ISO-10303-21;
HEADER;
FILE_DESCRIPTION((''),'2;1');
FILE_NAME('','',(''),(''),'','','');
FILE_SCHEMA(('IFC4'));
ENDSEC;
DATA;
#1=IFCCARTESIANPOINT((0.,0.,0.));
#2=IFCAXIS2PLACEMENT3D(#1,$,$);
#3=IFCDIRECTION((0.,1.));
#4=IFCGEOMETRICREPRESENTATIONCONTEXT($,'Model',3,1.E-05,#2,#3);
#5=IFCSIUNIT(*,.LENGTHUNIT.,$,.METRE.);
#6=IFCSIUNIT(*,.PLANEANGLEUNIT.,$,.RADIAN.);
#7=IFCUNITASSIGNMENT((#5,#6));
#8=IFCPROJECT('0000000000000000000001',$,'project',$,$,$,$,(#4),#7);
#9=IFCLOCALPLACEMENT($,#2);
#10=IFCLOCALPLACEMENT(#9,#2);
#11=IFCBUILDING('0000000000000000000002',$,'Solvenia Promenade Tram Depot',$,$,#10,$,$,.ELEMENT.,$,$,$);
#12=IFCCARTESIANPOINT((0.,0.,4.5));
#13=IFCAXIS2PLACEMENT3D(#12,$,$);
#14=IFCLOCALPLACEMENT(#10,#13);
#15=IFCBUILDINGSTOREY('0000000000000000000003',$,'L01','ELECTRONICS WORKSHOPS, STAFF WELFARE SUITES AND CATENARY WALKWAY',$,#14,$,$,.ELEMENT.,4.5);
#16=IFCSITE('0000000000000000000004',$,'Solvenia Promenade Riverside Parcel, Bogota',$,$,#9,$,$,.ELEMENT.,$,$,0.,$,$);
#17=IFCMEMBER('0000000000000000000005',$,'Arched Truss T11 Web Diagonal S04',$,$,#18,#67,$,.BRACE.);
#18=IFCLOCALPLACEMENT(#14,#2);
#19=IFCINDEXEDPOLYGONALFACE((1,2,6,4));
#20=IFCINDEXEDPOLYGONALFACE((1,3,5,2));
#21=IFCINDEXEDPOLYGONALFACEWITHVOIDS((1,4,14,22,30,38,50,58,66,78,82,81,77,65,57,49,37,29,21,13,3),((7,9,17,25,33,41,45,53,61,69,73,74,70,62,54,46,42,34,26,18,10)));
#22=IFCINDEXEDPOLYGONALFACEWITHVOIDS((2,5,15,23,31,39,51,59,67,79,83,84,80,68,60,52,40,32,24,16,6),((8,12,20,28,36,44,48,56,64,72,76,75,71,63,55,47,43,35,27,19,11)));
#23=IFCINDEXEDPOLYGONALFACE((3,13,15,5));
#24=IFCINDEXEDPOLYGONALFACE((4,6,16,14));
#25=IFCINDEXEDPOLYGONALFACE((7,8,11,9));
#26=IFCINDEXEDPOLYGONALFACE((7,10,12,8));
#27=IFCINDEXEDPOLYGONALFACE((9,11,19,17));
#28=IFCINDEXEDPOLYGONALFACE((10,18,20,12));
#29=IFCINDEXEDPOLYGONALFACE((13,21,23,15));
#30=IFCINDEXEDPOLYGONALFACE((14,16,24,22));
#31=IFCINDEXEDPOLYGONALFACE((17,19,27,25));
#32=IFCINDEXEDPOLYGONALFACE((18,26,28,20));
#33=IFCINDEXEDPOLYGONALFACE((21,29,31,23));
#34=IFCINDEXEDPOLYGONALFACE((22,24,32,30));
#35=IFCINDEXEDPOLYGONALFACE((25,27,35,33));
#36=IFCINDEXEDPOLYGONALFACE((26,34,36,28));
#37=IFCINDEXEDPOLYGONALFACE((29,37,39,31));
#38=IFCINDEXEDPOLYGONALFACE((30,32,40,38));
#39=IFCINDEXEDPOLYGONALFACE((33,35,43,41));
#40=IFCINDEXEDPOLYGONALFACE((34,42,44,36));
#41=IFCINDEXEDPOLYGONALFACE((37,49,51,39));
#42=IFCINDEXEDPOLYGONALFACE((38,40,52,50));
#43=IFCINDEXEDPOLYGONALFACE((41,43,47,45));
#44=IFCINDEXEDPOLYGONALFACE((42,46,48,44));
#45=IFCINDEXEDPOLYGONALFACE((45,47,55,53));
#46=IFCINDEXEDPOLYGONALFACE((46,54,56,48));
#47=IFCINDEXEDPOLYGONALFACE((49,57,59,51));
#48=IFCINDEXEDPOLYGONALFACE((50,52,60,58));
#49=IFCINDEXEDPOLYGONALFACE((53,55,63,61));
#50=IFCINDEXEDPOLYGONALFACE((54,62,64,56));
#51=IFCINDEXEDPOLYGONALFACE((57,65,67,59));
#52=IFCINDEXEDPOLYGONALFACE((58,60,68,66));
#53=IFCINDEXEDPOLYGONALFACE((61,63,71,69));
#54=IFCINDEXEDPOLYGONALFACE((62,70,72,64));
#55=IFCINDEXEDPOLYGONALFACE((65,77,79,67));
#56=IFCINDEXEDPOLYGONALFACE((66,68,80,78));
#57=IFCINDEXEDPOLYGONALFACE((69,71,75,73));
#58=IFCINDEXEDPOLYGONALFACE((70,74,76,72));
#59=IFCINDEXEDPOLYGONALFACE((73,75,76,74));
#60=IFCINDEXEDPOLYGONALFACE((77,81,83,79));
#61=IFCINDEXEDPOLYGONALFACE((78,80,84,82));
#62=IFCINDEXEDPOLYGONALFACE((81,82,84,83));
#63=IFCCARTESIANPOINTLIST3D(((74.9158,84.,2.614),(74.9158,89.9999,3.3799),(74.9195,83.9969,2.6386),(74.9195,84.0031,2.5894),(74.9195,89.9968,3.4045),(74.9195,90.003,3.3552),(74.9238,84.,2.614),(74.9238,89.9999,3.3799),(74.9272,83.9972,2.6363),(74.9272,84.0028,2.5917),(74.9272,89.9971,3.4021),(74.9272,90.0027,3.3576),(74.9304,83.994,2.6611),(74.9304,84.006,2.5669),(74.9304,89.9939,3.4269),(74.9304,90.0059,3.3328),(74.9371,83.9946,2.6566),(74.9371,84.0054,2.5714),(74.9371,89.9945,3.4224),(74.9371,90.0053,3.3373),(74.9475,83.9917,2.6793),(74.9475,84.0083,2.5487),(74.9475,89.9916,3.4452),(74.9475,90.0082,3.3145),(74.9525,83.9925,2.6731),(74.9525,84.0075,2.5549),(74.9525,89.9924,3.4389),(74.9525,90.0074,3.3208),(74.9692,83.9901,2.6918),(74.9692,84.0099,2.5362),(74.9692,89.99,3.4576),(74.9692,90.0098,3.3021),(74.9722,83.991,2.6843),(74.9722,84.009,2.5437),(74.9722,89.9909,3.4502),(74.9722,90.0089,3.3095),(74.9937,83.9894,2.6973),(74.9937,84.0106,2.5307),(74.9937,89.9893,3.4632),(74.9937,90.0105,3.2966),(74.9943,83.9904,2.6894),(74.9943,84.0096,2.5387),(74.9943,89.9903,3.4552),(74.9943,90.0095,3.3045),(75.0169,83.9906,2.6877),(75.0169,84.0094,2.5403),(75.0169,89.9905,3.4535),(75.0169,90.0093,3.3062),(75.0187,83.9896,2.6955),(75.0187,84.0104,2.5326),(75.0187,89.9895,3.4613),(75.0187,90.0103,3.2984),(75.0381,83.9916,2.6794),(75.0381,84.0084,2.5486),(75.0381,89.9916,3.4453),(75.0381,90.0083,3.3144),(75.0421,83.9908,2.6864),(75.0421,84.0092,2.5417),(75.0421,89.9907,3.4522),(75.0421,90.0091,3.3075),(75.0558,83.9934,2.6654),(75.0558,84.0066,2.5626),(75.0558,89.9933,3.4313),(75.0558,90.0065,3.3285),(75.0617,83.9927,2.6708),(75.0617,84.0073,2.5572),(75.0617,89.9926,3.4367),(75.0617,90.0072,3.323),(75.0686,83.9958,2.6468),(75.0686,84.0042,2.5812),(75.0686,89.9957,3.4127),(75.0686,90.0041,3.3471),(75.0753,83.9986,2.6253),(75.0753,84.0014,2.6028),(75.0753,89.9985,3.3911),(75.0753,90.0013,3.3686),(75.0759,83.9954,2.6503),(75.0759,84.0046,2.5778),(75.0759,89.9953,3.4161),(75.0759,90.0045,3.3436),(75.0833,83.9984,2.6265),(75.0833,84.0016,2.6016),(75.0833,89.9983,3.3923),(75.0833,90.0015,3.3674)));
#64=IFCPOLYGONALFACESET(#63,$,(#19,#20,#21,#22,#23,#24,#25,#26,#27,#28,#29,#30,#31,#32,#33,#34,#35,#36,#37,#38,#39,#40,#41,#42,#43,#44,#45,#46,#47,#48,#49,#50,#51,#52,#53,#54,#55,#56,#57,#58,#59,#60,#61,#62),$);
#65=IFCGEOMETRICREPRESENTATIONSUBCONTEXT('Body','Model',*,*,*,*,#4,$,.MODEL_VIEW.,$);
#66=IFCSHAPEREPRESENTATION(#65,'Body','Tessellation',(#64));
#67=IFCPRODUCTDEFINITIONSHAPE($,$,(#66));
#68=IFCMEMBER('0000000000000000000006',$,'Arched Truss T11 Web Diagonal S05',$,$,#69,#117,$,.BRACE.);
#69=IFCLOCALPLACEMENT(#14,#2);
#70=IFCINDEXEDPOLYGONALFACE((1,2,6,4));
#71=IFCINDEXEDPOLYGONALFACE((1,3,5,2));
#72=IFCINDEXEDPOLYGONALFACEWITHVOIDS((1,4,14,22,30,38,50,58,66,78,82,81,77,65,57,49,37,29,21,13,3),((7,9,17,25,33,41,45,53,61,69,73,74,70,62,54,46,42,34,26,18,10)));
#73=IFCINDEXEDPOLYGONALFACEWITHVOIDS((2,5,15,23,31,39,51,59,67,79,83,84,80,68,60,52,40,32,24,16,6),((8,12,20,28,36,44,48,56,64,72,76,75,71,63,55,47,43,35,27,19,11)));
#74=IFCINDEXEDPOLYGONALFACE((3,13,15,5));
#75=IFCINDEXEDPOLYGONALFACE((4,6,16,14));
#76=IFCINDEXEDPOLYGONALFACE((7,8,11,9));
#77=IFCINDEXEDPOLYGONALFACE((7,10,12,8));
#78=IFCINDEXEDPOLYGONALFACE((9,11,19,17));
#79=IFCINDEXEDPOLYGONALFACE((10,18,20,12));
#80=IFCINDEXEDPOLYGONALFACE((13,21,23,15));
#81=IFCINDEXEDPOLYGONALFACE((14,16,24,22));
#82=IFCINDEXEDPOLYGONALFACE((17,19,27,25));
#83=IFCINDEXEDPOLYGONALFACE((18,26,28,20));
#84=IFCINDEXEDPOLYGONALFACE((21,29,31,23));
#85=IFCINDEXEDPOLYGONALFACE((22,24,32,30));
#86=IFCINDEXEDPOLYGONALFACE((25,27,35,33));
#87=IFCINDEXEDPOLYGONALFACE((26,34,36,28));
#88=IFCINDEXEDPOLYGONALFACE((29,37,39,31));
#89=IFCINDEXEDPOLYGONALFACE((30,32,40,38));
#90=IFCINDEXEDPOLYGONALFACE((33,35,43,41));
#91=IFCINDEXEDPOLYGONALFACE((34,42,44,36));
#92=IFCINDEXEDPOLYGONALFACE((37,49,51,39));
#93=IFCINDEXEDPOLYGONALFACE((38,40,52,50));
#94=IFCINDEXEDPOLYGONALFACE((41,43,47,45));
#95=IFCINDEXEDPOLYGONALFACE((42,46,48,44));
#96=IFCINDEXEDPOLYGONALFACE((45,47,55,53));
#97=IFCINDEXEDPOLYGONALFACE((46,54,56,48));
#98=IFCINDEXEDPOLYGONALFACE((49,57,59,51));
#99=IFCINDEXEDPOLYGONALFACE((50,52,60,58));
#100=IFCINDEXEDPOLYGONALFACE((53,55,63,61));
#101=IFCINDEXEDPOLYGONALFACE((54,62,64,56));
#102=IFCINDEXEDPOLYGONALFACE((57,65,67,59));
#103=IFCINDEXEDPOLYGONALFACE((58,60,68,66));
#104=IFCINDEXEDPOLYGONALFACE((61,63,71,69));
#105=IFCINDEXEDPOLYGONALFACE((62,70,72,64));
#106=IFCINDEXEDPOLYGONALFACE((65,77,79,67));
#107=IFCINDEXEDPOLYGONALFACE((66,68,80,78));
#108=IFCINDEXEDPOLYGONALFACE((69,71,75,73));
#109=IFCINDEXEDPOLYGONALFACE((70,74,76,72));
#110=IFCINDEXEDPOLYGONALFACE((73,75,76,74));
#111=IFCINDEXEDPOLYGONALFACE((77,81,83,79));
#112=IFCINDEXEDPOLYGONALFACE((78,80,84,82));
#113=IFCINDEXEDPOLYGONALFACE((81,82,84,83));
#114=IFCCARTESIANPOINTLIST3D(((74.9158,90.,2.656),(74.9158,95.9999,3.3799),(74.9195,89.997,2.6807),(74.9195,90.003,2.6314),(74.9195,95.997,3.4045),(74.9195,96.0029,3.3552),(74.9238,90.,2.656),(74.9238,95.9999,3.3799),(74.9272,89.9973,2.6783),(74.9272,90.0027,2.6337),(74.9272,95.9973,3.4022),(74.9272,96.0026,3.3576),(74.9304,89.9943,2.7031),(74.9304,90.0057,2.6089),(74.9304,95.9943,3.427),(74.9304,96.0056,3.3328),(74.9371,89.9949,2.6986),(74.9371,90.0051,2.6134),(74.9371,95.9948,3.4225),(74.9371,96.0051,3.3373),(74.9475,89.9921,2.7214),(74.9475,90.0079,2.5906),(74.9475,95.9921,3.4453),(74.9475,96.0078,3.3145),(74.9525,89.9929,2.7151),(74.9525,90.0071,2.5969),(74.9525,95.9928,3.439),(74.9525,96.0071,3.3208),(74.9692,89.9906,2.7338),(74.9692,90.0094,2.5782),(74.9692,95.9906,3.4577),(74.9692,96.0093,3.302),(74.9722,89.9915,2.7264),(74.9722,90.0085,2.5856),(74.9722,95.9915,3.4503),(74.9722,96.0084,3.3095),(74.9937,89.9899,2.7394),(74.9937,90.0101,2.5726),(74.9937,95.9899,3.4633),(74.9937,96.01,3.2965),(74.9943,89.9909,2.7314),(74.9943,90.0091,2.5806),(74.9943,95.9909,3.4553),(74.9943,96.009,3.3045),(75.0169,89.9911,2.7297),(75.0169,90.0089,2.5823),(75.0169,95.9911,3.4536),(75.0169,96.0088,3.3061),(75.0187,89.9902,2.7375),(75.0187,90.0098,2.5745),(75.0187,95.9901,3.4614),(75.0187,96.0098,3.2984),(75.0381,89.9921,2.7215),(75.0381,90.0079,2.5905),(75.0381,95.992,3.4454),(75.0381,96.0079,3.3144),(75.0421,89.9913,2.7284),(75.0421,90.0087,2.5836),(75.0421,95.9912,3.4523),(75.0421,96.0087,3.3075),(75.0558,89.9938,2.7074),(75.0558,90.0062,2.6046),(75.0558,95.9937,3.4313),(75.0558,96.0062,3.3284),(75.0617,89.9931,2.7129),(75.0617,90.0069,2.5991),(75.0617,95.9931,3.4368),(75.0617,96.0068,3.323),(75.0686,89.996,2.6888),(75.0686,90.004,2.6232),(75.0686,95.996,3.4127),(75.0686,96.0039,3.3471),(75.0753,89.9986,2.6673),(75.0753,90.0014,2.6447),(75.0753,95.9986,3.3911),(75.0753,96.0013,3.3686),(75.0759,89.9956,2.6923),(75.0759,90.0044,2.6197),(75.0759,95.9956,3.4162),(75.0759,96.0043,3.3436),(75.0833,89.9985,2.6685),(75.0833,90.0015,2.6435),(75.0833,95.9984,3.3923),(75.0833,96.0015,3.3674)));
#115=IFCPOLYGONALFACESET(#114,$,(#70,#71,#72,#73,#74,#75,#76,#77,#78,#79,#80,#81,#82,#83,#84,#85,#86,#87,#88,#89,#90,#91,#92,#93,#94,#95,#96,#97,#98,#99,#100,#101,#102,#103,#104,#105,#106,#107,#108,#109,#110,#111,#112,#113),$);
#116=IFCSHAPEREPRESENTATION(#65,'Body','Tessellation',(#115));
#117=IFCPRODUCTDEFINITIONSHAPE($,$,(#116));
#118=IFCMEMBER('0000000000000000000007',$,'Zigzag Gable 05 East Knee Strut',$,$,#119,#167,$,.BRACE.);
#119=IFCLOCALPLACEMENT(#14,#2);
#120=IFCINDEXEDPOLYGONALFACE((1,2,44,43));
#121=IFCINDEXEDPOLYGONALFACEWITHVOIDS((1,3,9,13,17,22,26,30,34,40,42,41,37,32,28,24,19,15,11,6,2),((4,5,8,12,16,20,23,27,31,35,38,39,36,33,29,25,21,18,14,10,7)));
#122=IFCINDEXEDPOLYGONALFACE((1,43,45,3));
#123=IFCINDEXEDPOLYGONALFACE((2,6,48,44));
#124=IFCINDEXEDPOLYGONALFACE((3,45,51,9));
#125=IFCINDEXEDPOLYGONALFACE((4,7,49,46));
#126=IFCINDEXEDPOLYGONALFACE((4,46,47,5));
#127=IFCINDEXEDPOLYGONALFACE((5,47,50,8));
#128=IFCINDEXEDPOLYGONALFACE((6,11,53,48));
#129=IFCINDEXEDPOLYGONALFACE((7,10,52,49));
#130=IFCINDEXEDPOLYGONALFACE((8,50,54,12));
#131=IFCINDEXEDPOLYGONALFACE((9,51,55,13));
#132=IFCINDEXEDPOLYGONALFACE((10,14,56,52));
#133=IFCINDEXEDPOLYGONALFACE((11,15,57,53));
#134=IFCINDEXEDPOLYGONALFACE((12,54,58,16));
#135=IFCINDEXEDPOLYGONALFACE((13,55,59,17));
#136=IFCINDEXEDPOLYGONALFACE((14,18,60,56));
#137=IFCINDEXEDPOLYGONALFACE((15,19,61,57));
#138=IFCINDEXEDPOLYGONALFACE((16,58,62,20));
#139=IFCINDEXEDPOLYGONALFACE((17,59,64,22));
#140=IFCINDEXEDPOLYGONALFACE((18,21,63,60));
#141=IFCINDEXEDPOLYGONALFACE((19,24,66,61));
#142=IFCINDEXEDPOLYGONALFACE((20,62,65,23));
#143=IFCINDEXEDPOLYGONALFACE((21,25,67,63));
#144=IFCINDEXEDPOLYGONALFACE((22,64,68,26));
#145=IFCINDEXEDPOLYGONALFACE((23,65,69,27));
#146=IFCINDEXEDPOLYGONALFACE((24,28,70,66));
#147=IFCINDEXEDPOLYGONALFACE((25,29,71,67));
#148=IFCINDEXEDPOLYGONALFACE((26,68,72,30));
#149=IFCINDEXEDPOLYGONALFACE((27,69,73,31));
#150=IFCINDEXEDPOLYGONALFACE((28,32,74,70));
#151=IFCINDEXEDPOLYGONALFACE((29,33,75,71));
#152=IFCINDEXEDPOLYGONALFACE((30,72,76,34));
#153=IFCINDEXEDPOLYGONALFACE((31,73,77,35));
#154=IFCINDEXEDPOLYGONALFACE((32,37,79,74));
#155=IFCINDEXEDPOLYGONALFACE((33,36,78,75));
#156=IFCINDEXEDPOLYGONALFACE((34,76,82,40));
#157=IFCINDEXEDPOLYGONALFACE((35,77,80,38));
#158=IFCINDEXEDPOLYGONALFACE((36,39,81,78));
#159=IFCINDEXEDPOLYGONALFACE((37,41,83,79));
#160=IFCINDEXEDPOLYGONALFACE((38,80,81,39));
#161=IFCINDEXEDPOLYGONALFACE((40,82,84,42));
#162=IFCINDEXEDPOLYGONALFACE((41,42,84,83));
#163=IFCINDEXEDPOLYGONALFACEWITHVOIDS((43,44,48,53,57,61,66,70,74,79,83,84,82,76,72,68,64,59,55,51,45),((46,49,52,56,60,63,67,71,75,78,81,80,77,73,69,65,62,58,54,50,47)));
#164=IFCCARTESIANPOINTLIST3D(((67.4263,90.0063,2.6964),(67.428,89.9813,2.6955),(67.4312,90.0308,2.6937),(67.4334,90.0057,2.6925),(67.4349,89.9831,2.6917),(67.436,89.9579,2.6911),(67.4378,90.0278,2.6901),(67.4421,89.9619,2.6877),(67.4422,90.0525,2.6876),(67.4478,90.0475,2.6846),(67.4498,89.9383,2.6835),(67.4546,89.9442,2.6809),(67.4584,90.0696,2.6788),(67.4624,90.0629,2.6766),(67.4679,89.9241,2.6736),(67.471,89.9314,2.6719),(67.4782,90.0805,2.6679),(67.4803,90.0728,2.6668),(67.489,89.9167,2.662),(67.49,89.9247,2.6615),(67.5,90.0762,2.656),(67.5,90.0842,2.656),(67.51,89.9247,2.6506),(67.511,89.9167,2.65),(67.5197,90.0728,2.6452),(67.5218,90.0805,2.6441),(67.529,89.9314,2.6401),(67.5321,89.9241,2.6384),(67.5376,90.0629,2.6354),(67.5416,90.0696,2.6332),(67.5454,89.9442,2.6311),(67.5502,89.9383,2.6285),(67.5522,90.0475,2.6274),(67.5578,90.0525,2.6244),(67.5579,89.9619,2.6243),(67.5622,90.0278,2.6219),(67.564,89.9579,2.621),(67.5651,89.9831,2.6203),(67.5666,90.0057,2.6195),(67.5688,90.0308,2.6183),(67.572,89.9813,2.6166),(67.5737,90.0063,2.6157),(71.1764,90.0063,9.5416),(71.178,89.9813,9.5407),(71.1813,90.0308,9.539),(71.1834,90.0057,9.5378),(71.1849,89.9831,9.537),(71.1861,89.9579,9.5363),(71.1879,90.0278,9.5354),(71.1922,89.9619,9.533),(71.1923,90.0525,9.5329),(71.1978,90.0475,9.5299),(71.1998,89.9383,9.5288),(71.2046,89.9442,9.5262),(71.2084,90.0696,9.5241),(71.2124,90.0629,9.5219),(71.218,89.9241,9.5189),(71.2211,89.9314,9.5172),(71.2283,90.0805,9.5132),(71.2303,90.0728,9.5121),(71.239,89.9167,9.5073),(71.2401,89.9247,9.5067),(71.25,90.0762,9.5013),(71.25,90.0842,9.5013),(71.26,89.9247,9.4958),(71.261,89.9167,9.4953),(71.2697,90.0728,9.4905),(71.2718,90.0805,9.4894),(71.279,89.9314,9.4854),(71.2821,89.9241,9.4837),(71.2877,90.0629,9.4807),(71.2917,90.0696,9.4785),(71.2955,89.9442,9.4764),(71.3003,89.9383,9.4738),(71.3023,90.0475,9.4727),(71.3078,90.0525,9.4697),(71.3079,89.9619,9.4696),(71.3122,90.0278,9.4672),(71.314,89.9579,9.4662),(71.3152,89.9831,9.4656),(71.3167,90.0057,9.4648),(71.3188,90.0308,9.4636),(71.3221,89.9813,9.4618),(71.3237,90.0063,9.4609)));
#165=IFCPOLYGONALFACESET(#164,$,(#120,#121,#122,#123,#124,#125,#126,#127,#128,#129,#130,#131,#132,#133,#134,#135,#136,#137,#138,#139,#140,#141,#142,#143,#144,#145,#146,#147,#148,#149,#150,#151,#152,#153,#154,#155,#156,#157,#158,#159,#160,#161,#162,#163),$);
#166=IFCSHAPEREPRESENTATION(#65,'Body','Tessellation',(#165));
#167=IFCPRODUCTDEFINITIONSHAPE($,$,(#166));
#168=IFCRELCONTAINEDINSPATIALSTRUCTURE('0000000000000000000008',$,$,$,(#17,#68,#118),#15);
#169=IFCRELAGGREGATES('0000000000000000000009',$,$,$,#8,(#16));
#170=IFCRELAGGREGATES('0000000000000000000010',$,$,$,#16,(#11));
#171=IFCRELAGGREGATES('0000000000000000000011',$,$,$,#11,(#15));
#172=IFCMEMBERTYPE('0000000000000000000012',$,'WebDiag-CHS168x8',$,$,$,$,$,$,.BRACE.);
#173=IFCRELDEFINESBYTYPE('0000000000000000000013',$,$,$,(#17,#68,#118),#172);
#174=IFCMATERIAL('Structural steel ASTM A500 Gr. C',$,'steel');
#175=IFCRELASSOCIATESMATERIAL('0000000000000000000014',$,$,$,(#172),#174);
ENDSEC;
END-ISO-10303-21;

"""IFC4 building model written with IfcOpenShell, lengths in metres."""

from ifc_helpers import new_model, si_unit, direction, frame, origin, origin_2d, place, context, subcontext, project, spatial, hollow_circle, extrude, material, material_profile, profile_set, type_object, element, save


model = new_model("IFC4")

# Units and contexts
model_context = context("Model", 3, precision=1e-05, world=origin(), true_north=direction((0.0, 1.0)))
body_context = subcontext(model_context, "Body", "Model", "MODEL_VIEW")
ifc_project = project(units=[si_unit("LENGTHUNIT", "METRE"), si_unit("PLANEANGLEUNIT", "RADIAN")], contexts=[model_context])

# Site, building, storey
site_placement = place(None, origin())
site = spatial("IfcSite", under=ifc_project, at=site_placement, Name="Solvenia Promenade Riverside Parcel, Bogota", CompositionType="ELEMENT", RefElevation=0.0)
building_placement = place(site_placement, origin())
building = spatial("IfcBuilding", under=site, at=building_placement, Name="Solvenia Promenade Tram Depot", CompositionType="ELEMENT")
storey_placement = place(building_placement, frame((0.0, 0.0, 4.5)))
storey = spatial("IfcBuildingStorey", under=building, at=storey_placement, Name="L01", Description="ELECTRONICS WORKSHOPS, STAFF WELFARE SUITES AND CATENARY WALKWAY", CompositionType="ELEMENT", Elevation=4.5)

# Shared definitions
ifc_material_1 = material(Name="Structural steel ASTM A500 Gr. C", Category="steel")

# Members
ifc_material_profile_1 = material_profile(ifc_material_1, hollow_circle(Radius=0.0842, WallThickness=0.0081, at=origin_2d()), Name="CHS168.3x8", Category="steel")
ifc_profile_set_1 = profile_set([ifc_material_profile_1], Name="Structural steel ASTM A500 Gr. C")
member_type_1 = type_object("IfcMemberType", Name="WebDiag-CHS168x8", PredefinedType="BRACE", material=ifc_profile_set_1)
member_1_placement = place(storey_placement, frame((75.0, 84.0, 2.614), z_axis=(0.0, 0.991952, 0.126618), x_axis=(-1.0, 0.0, 0.0)))
element("IfcMember", 1, at=member_1_placement, inside=storey, type_object=member_type_1, Name="Arched Truss T11 Web Diagonal S04", PredefinedType="BRACE", context=body_context, shape_type="SweptSolid", body=[
    extrude(hollow_circle(Radius=0.0842, WallThickness=0.0081, at=origin_2d()), origin(), (0.0, 0.0, 1.0), 6.0486),
])
member_2_placement = place(storey_placement, frame((75.0, 90.0, 2.656), z_axis=(0.0, 0.992801, 0.119778), x_axis=(-1.0, 0.0, 0.0)))
element("IfcMember", 2, at=member_2_placement, inside=storey, type_object=member_type_1, Name="Arched Truss T11 Web Diagonal S05", PredefinedType="BRACE", context=body_context, shape_type="SweptSolid", body=[
    extrude(hollow_circle(Radius=0.0842, WallThickness=0.0081, at=origin_2d()), origin(), (0.0, 0.0, 1.0), 6.0435),
])
member_3_placement = place(storey_placement, frame((67.5, 90.0, 2.656), z_axis=(0.480456, 0.0, 0.877019), x_axis=(0.0, 1.0, 0.0)))
element("IfcMember", 3, at=member_3_placement, inside=storey, type_object=member_type_1, Name="Zigzag Gable 05 East Knee Strut", PredefinedType="BRACE", context=body_context, shape_type="SweptSolid", body=[
    extrude(hollow_circle(Radius=0.0842, WallThickness=0.0081, at=origin_2d()), origin(), (0.0, 0.0, 1.0), 7.8052),
])

save(model, "model.ifc")
